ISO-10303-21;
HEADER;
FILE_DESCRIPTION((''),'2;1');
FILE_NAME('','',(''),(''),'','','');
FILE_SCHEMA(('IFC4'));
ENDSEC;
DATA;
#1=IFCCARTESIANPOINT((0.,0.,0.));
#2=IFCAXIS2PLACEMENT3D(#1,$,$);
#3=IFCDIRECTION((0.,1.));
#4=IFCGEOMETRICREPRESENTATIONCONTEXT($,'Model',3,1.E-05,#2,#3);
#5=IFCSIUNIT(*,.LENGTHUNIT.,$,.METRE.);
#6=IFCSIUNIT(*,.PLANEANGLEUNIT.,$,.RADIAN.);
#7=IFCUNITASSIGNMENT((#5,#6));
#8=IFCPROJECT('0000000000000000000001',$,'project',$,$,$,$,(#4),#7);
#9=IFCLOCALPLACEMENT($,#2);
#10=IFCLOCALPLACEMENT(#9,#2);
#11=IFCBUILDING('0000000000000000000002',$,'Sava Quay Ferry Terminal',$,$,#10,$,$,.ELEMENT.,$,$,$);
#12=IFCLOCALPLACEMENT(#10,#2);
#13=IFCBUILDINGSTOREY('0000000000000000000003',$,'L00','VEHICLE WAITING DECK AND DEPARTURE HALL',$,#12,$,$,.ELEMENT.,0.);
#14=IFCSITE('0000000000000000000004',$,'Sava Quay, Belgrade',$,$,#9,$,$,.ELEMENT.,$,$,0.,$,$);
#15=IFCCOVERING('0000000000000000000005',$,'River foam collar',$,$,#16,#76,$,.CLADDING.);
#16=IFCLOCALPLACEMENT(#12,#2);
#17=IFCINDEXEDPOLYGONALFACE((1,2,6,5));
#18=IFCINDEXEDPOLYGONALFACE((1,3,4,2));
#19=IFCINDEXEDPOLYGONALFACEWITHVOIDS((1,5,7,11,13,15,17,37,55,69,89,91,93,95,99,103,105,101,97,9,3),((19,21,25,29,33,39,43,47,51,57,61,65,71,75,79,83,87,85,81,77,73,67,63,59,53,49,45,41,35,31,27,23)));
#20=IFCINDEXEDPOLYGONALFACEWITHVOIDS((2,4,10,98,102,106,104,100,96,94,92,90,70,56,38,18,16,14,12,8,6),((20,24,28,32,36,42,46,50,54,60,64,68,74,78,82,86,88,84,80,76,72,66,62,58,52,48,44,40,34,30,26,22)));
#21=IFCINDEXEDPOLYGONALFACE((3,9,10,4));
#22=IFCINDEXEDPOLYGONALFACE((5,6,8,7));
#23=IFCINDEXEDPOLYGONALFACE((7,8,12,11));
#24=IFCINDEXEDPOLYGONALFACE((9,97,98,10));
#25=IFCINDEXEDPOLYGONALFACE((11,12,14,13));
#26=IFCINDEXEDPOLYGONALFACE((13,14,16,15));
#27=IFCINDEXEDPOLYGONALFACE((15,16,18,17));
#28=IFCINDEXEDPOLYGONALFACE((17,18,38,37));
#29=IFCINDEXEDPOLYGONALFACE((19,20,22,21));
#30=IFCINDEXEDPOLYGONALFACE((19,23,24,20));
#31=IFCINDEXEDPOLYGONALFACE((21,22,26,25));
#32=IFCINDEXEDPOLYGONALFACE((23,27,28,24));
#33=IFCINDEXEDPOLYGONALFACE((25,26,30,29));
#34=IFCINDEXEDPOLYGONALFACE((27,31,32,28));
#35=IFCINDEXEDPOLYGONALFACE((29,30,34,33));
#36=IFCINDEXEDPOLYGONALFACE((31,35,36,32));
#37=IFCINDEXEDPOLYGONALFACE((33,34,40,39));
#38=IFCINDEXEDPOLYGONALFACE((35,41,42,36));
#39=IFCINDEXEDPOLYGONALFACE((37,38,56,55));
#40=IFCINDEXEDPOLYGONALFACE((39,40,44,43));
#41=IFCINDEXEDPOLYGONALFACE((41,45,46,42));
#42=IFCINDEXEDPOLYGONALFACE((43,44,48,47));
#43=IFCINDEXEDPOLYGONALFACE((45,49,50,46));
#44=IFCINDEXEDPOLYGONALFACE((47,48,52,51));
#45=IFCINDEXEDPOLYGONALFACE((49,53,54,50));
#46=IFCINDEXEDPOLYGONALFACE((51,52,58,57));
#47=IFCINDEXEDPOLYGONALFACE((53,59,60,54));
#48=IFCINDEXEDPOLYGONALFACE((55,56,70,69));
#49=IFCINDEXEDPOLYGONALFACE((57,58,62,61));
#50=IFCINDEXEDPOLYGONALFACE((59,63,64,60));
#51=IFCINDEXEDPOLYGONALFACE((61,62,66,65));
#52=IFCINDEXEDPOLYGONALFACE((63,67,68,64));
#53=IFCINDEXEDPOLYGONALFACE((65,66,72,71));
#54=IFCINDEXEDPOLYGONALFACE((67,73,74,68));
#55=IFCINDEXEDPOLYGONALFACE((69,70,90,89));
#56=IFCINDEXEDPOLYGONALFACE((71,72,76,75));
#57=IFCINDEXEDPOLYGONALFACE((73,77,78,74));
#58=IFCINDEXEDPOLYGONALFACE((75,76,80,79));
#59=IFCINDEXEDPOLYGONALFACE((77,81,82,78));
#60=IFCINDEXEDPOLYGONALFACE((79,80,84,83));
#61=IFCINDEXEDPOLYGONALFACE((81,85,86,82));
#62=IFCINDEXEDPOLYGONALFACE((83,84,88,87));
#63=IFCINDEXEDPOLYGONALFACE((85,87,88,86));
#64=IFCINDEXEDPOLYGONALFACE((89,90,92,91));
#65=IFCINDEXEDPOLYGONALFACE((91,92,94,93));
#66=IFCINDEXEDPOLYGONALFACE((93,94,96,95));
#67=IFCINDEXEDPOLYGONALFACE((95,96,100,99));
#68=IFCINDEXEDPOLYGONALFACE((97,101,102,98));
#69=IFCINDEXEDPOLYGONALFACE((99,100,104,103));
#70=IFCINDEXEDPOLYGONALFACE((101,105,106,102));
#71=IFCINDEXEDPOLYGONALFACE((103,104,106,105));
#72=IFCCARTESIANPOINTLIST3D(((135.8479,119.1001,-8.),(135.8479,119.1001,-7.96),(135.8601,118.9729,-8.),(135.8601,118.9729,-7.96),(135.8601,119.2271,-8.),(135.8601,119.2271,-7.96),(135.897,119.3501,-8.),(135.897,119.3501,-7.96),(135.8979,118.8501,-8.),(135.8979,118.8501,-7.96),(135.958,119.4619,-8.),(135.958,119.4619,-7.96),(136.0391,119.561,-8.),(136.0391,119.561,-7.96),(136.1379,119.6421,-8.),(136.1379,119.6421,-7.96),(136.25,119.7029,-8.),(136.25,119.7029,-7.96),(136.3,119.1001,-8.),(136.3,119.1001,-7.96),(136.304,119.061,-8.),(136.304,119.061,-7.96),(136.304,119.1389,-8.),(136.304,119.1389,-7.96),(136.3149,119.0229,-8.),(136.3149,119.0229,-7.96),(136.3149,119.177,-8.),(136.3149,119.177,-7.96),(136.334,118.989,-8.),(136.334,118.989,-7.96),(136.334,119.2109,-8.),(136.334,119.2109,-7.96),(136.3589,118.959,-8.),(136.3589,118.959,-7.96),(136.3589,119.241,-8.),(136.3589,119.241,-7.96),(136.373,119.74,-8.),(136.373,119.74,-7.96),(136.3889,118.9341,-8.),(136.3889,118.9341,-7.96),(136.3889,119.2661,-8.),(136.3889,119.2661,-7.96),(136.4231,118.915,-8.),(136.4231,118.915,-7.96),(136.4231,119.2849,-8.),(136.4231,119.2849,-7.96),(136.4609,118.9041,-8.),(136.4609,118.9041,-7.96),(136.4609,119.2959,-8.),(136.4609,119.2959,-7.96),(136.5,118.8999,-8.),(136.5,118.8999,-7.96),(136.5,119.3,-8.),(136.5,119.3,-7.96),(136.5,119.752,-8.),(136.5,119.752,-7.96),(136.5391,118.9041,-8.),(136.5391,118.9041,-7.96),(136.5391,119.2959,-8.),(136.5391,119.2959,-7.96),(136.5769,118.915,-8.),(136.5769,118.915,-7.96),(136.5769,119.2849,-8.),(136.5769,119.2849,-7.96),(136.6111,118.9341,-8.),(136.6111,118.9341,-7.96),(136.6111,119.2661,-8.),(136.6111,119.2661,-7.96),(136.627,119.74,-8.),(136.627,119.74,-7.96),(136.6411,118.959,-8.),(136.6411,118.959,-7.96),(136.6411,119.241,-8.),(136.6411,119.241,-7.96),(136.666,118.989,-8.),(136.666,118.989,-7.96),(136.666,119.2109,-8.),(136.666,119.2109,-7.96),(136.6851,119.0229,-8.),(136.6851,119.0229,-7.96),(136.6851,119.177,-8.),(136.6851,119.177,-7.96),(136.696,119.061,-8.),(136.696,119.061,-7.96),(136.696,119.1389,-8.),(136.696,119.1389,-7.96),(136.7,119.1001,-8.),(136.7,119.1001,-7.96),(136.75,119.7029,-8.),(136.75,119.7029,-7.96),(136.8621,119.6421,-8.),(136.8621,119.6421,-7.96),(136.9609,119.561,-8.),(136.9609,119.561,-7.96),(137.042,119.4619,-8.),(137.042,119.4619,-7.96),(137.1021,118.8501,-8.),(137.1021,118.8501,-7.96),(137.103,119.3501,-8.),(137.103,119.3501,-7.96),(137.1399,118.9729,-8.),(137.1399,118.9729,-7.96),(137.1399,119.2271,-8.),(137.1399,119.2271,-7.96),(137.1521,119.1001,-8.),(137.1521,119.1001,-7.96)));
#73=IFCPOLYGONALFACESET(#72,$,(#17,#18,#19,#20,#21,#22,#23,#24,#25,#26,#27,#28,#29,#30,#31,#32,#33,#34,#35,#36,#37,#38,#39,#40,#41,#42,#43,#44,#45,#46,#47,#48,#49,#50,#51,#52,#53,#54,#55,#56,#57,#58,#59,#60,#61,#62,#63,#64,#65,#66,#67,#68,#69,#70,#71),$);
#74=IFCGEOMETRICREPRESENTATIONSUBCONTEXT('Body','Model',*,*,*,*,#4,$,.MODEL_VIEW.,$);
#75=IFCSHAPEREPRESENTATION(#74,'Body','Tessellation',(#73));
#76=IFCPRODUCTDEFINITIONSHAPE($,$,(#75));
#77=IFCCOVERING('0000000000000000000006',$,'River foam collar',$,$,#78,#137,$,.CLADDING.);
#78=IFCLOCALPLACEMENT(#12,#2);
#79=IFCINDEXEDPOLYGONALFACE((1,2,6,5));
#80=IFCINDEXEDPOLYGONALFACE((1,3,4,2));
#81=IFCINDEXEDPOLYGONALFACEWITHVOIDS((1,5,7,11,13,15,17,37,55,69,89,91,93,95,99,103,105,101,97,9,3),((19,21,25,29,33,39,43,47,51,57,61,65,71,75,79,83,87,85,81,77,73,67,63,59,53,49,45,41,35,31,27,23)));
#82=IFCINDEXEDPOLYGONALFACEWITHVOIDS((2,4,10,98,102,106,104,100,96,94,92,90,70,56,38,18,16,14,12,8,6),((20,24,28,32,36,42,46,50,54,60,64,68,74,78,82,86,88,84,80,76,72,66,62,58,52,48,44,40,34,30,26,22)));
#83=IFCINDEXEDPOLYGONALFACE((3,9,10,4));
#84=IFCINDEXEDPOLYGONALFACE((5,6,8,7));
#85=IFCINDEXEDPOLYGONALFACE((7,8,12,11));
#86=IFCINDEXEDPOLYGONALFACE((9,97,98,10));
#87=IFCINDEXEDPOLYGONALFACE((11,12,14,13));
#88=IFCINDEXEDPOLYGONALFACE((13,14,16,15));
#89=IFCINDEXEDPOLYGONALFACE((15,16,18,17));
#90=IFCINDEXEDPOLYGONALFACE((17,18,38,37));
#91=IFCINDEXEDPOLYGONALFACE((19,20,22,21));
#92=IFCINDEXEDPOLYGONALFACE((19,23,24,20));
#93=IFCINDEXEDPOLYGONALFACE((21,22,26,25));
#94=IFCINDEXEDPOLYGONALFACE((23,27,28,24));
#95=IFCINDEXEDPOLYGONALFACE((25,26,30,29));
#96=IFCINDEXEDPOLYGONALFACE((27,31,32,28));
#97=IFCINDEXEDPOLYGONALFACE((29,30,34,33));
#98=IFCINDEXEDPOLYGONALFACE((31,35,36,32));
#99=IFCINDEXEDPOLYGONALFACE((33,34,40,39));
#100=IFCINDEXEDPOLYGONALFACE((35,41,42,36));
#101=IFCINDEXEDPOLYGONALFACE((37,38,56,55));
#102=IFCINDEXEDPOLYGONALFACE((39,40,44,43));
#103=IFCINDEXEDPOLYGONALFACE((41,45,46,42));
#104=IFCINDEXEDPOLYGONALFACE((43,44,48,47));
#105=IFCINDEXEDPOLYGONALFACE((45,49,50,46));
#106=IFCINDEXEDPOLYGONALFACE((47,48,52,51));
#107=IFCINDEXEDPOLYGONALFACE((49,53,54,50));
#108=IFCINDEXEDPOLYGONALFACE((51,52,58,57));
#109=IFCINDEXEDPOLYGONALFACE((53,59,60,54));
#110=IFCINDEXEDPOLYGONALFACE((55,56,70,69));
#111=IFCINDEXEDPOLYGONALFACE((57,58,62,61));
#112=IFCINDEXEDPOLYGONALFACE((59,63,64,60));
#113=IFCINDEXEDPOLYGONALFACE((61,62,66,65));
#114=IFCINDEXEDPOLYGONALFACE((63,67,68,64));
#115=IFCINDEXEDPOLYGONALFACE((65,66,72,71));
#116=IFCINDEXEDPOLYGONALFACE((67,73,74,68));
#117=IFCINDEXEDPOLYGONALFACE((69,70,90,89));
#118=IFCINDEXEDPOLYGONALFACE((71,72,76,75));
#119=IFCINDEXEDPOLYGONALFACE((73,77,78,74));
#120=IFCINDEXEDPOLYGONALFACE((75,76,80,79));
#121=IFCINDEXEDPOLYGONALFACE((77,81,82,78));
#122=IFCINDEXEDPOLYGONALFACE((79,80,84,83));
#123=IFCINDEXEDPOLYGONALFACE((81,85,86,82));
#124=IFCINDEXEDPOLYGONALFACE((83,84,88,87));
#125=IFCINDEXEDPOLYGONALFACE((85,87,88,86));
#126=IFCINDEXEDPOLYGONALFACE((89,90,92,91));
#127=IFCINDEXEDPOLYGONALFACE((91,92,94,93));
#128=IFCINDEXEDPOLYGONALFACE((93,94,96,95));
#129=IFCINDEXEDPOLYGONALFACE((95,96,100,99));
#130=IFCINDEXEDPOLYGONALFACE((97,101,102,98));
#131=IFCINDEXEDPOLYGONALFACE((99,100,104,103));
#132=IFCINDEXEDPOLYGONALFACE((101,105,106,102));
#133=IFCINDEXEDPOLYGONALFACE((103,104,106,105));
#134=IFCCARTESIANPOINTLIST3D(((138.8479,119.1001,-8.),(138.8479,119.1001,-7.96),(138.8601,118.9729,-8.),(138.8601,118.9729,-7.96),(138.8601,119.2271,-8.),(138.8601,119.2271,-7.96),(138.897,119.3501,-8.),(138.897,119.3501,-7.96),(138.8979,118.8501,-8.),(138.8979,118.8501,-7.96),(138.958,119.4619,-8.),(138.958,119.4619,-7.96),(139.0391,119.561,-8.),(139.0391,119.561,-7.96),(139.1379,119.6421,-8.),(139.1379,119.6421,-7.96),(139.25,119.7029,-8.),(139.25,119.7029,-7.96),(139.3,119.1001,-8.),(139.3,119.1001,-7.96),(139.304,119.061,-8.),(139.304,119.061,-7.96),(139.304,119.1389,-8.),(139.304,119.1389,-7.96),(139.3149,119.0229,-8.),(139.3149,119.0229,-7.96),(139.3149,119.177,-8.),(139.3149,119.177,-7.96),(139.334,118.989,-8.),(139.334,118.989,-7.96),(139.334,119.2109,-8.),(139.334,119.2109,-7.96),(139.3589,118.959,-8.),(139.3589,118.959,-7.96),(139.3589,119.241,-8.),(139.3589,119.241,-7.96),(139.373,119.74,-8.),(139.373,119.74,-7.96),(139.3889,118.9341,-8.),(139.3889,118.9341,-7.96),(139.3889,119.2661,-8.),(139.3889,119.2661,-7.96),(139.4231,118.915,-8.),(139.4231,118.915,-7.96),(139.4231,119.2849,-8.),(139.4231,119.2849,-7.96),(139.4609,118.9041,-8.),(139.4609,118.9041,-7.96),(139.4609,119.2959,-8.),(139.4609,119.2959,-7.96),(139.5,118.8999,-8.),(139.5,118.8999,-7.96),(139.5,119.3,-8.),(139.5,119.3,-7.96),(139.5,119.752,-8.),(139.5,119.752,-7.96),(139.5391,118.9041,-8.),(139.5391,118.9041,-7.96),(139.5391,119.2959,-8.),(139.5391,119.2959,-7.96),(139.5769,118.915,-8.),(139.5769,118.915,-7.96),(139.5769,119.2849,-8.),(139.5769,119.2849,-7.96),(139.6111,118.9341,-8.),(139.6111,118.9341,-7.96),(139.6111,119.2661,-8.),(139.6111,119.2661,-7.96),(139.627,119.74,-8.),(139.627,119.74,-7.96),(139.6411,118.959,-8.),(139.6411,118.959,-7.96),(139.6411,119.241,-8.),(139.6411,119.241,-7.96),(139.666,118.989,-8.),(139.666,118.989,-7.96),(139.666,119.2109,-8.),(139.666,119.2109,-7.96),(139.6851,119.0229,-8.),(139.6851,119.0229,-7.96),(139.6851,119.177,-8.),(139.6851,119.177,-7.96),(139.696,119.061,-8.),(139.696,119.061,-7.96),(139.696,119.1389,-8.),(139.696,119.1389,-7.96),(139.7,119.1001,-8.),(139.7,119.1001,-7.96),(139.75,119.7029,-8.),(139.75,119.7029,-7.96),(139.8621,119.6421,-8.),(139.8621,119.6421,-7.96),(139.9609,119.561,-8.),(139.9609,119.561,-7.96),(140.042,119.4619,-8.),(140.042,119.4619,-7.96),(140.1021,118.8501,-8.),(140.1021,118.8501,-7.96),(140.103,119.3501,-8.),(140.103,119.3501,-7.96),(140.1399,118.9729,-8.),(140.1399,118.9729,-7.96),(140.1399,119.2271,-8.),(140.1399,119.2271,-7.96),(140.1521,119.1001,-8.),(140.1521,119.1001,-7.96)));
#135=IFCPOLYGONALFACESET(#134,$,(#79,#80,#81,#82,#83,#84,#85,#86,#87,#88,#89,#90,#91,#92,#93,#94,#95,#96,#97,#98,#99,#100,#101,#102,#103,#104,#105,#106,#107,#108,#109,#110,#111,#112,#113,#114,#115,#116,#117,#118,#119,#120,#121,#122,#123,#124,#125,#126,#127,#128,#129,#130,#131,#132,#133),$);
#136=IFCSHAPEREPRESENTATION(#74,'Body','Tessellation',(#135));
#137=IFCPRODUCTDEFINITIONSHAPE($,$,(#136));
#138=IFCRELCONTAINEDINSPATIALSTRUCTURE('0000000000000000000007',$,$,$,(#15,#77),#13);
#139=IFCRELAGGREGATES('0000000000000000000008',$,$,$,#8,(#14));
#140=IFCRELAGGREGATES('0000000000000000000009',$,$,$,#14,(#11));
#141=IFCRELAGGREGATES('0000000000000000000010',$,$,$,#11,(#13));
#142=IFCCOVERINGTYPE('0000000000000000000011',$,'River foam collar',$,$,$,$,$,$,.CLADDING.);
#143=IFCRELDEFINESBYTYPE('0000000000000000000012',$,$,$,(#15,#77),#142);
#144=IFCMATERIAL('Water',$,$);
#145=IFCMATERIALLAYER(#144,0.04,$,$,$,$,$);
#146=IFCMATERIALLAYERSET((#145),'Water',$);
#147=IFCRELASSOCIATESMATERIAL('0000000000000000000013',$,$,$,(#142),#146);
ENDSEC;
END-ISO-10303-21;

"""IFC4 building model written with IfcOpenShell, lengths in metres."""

from ifc_helpers import new_model, si_unit, direction, frame, origin, place, context, subcontext, project, spatial, polyline, outline, extrude, material, layer, layer_set, type_object, element, save


model = new_model("IFC4")

# Units and contexts
model_context = context("Model", 3, precision=1e-05, world=origin(), true_north=direction((0.0, 1.0)))
body_context = subcontext(model_context, "Body", "Model", "MODEL_VIEW")
ifc_project = project(units=[si_unit("LENGTHUNIT", "METRE"), si_unit("PLANEANGLEUNIT", "RADIAN")], contexts=[model_context])

# Site, building, storey
site_placement = place(None, origin())
site = spatial("IfcSite", under=ifc_project, at=site_placement, Name="Sava Quay, Belgrade", CompositionType="ELEMENT", RefElevation=0.0)
building_placement = place(site_placement, origin())
building = spatial("IfcBuilding", under=site, at=building_placement, Name="Sava Quay Ferry Terminal", CompositionType="ELEMENT")
storey_placement = place(building_placement, origin())
storey = spatial("IfcBuildingStorey", under=building, at=storey_placement, Name="L00", Description="VEHICLE WAITING DECK AND DEPARTURE HALL", CompositionType="ELEMENT", Elevation=0.0)

# Coverings
ifc_material_1 = material(Name="Water")
ifc_layer_1 = layer(ifc_material_1, 0.04)
ifc_layer_set_1 = layer_set([ifc_layer_1], Name="Water")
covering_type_1 = type_object("IfcCoveringType", Name="River foam collar", PredefinedType="CLADDING", material=ifc_layer_set_1)
covering_1_placement = place(storey_placement, frame((0.0, 0.0, -8.0)))
element("IfcCovering", 1, at=covering_1_placement, inside=storey, type_object=covering_type_1, Name="River foam collar", PredefinedType="CLADDING", context=body_context, shape_type="SweptSolid", body=[
    extrude(outline(polyline([(136.9609, 119.561), (136.8621, 119.6421), (136.75, 119.7029), (136.627, 119.74), (136.5, 119.752), (136.373, 119.74), (136.25, 119.7029), (136.1379, 119.6421), (136.0391, 119.561), (135.958, 119.4619), (135.897, 119.3501), (135.8601, 119.2271), (135.8479, 119.1001), (135.8601, 118.9729), (135.8979, 118.8501), (137.1021, 118.8501), (137.1399, 118.9729), (137.1521, 119.1001), (137.1399, 119.2271), (137.103, 119.3501), (137.042, 119.4619), (136.9609, 119.561)]), holes=[polyline([(136.5769, 119.2849), (136.6111, 119.2661), (136.6411, 119.241), (136.666, 119.2109), (136.6851, 119.177), (136.696, 119.1389), (136.7, 119.1001), (136.696, 119.061), (136.6851, 119.0229), (136.666, 118.989), (136.6411, 118.959), (136.6111, 118.9341), (136.5769, 118.915), (136.5391, 118.9041), (136.5, 118.8999), (136.4609, 118.9041), (136.4231, 118.915), (136.3889, 118.9341), (136.3589, 118.959), (136.334, 118.989), (136.3149, 119.0229), (136.304, 119.061), (136.3, 119.1001), (136.304, 119.1389), (136.3149, 119.177), (136.334, 119.2109), (136.3589, 119.241), (136.3889, 119.2661), (136.4231, 119.2849), (136.4609, 119.2959), (136.5, 119.3), (136.5391, 119.2959), (136.5769, 119.2849)])]), origin(), (0.0, 0.0, 1.0), 0.04),
])
covering_2_placement = place(storey_placement, frame((0.0, 0.0, -8.0)))
element("IfcCovering", 2, at=covering_2_placement, inside=storey, type_object=covering_type_1, Name="River foam collar", PredefinedType="CLADDING", context=body_context, shape_type="SweptSolid", body=[
    extrude(outline(polyline([(140.042, 119.4619), (139.9609, 119.561), (139.8621, 119.6421), (139.75, 119.7029), (139.627, 119.74), (139.5, 119.752), (139.373, 119.74), (139.25, 119.7029), (139.1379, 119.6421), (139.0391, 119.561), (138.958, 119.4619), (138.897, 119.3501), (138.8601, 119.2271), (138.8479, 119.1001), (138.8601, 118.9729), (138.8979, 118.8501), (140.1021, 118.8501), (140.1399, 118.9729), (140.1521, 119.1001), (140.1399, 119.2271), (140.103, 119.3501), (140.042, 119.4619)]), holes=[polyline([(139.5391, 119.2959), (139.5769, 119.2849), (139.6111, 119.2661), (139.6411, 119.241), (139.666, 119.2109), (139.6851, 119.177), (139.696, 119.1389), (139.7, 119.1001), (139.696, 119.061), (139.6851, 119.0229), (139.666, 118.989), (139.6411, 118.959), (139.6111, 118.9341), (139.5769, 118.915), (139.5391, 118.9041), (139.5, 118.8999), (139.4609, 118.9041), (139.4231, 118.915), (139.3889, 118.9341), (139.3589, 118.959), (139.334, 118.989), (139.3149, 119.0229), (139.304, 119.061), (139.3, 119.1001), (139.304, 119.1389), (139.3149, 119.177), (139.334, 119.2109), (139.3589, 119.241), (139.3889, 119.2661), (139.4231, 119.2849), (139.4609, 119.2959), (139.5, 119.3), (139.5391, 119.2959)])]), origin(), (0.0, 0.0, 1.0), 0.04),
])

save(model, "model.ifc")
